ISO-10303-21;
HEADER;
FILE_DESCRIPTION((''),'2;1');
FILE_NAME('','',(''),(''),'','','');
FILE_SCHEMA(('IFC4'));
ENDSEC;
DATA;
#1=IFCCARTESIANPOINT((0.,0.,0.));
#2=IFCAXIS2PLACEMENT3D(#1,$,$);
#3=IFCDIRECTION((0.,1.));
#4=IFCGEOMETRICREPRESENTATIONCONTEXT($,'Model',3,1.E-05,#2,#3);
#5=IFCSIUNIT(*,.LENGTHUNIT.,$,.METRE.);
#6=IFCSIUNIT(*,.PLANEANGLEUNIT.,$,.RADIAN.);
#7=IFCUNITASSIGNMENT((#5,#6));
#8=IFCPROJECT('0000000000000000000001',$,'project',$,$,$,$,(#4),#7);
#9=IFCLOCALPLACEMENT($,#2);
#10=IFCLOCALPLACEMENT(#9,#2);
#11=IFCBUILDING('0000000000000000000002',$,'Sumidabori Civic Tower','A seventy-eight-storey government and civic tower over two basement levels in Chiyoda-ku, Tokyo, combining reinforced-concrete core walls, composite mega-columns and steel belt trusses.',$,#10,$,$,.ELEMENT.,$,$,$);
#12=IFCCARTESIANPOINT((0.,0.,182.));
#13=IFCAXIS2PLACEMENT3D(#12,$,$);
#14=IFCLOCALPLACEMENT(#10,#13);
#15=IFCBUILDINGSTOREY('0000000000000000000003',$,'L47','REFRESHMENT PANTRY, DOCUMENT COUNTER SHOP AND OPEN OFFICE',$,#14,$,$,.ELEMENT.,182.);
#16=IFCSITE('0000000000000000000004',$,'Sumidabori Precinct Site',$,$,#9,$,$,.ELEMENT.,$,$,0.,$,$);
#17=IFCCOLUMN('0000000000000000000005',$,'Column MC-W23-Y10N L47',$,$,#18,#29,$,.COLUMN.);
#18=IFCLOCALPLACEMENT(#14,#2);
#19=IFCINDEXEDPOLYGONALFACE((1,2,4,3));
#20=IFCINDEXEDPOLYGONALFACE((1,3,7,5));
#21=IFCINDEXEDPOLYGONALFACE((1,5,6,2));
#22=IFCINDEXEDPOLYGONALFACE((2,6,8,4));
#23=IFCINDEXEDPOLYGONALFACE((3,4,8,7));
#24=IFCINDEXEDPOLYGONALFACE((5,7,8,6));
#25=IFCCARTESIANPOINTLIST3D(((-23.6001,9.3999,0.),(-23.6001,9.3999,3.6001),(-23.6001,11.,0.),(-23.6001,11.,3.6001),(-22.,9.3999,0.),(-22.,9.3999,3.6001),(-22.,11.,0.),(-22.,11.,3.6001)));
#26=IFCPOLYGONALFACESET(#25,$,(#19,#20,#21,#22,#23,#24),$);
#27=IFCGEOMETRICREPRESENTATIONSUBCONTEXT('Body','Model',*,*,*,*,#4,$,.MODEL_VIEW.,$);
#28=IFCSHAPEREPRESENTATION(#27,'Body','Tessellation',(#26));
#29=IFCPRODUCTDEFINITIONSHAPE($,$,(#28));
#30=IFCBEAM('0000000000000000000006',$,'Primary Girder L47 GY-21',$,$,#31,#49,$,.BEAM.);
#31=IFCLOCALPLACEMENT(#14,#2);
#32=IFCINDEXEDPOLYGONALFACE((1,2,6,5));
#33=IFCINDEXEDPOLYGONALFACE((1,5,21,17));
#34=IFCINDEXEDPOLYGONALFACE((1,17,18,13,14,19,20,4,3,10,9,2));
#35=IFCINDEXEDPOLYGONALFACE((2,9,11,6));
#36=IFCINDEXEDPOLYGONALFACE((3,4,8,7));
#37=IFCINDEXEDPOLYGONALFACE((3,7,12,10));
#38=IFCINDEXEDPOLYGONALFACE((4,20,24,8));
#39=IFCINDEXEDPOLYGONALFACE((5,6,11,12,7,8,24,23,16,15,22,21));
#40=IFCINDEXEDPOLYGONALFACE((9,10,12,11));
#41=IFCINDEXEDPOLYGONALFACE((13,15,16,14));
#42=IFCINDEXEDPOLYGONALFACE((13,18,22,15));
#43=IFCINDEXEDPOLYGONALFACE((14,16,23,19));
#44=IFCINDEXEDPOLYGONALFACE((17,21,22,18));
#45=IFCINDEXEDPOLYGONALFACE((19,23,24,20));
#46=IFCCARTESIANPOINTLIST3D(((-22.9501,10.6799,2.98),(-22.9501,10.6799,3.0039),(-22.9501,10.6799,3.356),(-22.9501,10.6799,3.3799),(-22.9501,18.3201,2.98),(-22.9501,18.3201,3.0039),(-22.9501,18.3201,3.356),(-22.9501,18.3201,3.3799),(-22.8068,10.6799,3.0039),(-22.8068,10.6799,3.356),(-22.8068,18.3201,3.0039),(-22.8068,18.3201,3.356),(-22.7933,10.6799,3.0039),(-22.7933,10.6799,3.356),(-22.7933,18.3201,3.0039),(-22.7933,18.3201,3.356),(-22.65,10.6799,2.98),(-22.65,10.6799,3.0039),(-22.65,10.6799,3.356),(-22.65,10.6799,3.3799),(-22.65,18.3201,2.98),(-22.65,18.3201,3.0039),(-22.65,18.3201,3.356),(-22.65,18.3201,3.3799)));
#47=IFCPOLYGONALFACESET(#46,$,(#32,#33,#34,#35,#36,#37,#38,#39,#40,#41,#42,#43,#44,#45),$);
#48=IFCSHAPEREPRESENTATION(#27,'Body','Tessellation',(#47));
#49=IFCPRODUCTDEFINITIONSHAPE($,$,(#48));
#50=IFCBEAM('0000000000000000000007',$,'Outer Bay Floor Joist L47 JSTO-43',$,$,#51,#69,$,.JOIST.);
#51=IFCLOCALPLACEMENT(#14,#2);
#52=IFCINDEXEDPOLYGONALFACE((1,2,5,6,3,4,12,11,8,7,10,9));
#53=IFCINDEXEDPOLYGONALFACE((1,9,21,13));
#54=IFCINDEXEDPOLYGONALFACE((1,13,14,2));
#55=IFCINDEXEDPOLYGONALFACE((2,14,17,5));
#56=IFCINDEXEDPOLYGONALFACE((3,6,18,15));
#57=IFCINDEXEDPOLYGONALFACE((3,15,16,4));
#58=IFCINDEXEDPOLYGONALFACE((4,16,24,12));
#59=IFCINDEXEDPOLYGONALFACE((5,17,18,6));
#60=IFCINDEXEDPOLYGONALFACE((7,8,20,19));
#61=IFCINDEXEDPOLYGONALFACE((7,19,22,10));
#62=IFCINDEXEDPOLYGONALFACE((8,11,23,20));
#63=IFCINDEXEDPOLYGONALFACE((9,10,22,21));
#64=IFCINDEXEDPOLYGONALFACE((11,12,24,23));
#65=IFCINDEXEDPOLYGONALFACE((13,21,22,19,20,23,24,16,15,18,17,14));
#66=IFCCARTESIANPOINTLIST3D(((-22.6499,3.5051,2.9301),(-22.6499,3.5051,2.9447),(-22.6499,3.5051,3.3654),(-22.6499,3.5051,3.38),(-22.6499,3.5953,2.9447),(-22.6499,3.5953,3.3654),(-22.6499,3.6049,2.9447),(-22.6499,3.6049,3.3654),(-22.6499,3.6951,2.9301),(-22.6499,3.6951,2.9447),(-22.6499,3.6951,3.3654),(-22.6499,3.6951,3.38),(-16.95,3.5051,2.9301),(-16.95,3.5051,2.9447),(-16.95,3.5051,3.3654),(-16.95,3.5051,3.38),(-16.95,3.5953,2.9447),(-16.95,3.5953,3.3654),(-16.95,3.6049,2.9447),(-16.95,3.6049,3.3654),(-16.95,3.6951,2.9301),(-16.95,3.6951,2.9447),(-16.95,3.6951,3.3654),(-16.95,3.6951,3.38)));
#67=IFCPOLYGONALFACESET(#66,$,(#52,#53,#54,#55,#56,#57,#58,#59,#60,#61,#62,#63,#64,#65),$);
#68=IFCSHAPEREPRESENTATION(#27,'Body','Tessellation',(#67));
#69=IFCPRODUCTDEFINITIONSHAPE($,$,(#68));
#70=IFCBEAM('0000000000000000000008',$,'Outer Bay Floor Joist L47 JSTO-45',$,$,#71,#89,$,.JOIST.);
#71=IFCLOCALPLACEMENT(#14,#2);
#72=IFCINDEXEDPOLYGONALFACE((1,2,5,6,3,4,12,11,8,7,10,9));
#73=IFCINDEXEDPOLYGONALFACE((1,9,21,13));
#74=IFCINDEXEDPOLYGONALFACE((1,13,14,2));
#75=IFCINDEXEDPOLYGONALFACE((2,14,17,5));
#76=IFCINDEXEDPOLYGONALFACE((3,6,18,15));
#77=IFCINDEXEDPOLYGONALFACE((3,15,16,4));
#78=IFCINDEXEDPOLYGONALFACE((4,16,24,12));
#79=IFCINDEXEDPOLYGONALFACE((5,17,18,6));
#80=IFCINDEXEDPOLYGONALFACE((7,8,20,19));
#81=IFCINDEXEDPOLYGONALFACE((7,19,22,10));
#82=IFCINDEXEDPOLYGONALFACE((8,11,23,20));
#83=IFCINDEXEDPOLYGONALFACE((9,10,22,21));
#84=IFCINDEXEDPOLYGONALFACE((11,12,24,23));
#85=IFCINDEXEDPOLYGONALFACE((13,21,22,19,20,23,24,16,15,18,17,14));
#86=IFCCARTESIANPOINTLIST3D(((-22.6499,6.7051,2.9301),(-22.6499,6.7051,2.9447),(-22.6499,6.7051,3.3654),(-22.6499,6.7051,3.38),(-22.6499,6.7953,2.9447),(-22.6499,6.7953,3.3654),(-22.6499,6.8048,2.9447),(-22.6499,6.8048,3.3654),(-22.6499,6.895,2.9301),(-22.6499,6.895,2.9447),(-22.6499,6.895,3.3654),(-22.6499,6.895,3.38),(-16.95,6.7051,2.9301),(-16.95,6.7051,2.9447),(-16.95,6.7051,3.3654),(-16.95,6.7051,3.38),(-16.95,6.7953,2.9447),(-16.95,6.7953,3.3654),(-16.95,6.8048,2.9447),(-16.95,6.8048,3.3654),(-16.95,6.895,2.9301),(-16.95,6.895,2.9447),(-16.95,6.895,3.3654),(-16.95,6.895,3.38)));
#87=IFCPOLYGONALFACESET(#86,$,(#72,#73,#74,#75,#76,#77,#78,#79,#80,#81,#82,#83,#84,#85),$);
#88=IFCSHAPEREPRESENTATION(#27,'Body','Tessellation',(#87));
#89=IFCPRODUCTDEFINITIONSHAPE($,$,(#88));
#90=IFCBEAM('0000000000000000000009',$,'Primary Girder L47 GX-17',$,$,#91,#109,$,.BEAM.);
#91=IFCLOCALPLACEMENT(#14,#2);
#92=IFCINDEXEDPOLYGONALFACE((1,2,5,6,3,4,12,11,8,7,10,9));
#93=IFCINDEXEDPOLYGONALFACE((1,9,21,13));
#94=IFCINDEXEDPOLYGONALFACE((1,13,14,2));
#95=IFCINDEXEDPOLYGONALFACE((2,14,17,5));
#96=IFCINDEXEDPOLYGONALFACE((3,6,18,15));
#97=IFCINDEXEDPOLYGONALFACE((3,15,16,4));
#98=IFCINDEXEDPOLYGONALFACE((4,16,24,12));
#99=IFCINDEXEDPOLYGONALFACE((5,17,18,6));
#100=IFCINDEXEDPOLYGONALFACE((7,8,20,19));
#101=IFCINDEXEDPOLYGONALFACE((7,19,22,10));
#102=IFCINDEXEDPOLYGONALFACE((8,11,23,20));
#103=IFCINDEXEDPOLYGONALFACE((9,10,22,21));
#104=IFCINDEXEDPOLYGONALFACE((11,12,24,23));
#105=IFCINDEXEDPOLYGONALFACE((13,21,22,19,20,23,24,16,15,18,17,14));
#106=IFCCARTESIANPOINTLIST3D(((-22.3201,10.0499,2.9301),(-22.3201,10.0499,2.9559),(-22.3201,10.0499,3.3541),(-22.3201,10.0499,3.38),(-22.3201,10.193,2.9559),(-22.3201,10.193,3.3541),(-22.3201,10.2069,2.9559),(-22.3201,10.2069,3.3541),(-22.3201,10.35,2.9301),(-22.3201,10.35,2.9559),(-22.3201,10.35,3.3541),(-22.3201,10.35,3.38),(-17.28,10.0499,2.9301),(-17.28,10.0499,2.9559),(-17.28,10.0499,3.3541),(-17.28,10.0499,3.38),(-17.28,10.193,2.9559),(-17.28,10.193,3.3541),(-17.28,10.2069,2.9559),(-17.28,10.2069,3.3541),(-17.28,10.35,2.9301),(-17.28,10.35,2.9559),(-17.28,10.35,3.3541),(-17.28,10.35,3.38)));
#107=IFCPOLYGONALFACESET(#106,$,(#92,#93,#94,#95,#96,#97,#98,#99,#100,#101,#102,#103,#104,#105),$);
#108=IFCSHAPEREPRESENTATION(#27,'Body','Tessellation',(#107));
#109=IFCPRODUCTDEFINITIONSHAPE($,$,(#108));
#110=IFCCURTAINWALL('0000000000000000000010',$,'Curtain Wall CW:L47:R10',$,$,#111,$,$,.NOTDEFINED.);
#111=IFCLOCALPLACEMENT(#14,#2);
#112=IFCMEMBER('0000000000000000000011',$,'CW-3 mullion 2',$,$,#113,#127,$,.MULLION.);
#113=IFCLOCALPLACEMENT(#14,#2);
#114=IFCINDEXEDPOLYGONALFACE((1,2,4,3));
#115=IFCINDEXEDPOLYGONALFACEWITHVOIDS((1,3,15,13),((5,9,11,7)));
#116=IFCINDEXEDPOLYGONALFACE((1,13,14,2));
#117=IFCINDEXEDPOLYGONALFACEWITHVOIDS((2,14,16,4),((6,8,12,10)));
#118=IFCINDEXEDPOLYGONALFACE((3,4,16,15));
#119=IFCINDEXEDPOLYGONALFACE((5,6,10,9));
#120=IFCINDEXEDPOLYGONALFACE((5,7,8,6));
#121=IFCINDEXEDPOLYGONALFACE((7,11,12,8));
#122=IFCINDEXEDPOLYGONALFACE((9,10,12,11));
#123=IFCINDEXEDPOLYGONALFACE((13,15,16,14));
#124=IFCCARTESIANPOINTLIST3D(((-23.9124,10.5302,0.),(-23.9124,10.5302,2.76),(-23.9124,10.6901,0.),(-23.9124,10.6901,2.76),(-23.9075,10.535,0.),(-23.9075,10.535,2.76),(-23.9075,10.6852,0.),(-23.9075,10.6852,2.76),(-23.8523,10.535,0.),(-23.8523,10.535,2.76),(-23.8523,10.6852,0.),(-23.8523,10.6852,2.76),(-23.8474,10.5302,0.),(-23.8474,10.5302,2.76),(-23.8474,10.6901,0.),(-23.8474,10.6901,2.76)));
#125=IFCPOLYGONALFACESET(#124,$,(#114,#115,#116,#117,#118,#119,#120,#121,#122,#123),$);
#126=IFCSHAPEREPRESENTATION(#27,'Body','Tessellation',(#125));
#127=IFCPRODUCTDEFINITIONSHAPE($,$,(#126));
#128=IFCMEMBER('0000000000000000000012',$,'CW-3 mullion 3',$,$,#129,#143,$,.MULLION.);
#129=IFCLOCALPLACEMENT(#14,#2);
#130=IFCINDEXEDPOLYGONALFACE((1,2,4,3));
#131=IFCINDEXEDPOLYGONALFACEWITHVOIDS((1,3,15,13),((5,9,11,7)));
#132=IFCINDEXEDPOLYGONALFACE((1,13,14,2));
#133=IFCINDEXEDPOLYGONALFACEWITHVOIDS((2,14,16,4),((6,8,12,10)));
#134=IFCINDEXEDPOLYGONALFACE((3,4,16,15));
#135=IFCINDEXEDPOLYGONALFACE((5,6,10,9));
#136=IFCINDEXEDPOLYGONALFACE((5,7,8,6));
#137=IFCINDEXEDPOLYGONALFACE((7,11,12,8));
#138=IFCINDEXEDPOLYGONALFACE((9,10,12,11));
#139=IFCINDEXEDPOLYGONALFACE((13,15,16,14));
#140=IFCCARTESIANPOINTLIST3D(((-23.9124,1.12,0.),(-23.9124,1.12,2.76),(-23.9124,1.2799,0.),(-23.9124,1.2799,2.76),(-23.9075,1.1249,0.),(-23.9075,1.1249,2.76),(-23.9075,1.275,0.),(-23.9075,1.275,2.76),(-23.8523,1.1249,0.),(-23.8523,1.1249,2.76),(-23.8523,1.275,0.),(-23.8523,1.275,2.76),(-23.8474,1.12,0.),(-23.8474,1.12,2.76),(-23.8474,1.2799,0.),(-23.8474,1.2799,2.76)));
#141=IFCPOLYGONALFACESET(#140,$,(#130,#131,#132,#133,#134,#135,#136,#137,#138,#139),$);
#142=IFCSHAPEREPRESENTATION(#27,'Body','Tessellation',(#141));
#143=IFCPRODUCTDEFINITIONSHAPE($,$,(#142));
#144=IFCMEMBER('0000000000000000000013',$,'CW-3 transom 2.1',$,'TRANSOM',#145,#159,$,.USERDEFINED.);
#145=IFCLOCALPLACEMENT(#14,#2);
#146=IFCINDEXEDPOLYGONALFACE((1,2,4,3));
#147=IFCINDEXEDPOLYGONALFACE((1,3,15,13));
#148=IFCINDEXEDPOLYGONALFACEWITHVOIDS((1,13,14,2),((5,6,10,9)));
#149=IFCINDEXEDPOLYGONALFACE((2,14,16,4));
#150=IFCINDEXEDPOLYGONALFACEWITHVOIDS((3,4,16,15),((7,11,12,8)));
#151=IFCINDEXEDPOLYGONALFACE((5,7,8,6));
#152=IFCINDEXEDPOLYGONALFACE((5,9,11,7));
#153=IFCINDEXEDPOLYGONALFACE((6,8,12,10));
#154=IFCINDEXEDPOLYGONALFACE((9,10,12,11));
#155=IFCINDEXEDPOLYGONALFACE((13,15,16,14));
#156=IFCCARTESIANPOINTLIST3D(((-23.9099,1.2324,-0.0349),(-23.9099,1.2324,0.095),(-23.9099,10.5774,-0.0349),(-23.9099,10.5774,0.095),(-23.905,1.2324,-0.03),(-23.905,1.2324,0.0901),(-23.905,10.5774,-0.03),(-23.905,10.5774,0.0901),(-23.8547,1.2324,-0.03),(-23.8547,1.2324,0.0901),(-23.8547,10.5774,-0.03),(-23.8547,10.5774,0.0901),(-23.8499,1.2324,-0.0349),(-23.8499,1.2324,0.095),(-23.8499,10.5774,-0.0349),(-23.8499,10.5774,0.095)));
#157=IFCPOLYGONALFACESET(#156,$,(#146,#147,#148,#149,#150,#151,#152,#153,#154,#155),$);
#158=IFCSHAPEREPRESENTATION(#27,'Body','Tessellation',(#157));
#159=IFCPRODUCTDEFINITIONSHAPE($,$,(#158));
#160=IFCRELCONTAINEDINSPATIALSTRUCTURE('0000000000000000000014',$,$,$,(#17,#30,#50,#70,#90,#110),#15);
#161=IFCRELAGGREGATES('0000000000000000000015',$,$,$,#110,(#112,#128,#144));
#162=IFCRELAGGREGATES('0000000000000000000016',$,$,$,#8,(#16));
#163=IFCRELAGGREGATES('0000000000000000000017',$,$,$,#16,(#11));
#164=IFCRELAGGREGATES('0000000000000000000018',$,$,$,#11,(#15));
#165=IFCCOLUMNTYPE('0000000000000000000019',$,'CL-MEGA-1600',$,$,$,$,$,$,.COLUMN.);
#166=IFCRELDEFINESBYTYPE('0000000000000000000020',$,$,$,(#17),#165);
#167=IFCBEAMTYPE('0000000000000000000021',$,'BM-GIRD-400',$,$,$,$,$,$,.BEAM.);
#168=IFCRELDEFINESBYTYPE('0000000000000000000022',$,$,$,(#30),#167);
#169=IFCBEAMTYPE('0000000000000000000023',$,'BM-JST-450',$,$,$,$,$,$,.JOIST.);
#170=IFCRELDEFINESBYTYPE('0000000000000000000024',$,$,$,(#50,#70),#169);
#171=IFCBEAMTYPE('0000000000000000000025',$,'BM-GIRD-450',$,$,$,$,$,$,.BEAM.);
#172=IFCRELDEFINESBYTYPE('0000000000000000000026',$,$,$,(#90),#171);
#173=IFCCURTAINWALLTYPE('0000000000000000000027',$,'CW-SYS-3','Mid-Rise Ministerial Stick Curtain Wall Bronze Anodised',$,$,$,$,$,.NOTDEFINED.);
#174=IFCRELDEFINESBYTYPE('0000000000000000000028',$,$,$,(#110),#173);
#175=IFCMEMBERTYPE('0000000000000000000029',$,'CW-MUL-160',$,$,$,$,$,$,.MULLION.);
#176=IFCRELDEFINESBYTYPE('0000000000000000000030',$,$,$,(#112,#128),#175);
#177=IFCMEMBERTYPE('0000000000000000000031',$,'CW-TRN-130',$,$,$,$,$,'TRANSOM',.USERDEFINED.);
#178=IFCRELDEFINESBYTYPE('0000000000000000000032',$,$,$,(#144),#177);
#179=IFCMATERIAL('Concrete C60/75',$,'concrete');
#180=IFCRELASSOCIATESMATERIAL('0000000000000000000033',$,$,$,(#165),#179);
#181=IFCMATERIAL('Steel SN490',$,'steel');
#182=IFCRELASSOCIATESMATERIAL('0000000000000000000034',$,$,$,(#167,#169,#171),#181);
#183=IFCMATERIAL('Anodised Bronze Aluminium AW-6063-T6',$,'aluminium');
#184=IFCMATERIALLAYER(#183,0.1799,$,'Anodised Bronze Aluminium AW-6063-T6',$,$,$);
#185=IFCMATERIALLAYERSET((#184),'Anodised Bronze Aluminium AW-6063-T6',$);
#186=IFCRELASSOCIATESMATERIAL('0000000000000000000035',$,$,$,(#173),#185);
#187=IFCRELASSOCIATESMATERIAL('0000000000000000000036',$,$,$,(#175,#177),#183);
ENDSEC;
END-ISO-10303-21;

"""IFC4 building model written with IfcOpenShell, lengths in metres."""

from ifc_helpers import new_model, si_unit, direction, frame, origin, origin_2d, place, context, subcontext, project, spatial, rectangle, hollow_rectangle, i_section, extrude, source, transform, mapped, material, layer, layer_set, material_profile, profile_set, type_object, element, aggregate, save


model = new_model("IFC4")

# Units and contexts
model_context = context("Model", 3, precision=1e-05, world=origin(), true_north=direction((0.0, 1.0)))
body_context = subcontext(model_context, "Body", "Model", "MODEL_VIEW")
ifc_project = project(units=[si_unit("LENGTHUNIT", "METRE"), si_unit("PLANEANGLEUNIT", "RADIAN")], contexts=[model_context])

# Site, building, storey
site_placement = place(None, origin())
site = spatial("IfcSite", under=ifc_project, at=site_placement, Name="Sumidabori Precinct Site", CompositionType="ELEMENT", RefElevation=0.0)
building_placement = place(site_placement, origin())
building = spatial("IfcBuilding", under=site, at=building_placement, Name="Sumidabori Civic Tower", Description="A seventy-eight-storey government and civic tower over two basement levels in Chiyoda-ku, Tokyo, combining reinforced-concrete core walls, composite mega-columns and steel belt trusses.", CompositionType="ELEMENT")
storey_placement = place(building_placement, frame((0.0, 0.0, 182.0)))
storey = spatial("IfcBuildingStorey", under=building, at=storey_placement, Name="L47", Description="REFRESHMENT PANTRY, DOCUMENT COUNTER SHOP AND OPEN OFFICE", CompositionType="ELEMENT", Elevation=182.0)

# Column
ifc_material_1 = material(Name="Concrete C60/75", Category="concrete")
ifc_material_profile_1 = material_profile(ifc_material_1, rectangle(XDim=1.6001, YDim=1.6001, at=origin_2d()), Name="RC 1600x1600")
ifc_profile_set_1 = profile_set([ifc_material_profile_1], Name="Concrete C60/75")
column_type = type_object("IfcColumnType", Name="CL-MEGA-1600", PredefinedType="COLUMN", material=ifc_profile_set_1)
shared_shape_1 = source(origin(), body_context, "Body", "SweptSolid", [
    extrude(rectangle(XDim=1.6001, YDim=1.6001, at=origin_2d()), origin(), (0.0, 0.0, 1.0), 3.6001),
])
column_placement = place(storey_placement, frame((-22.8, 10.2, 0.0), z_axis=(0.0, 0.0, 1.0), x_axis=(1.0, 0.0, 0.0)))
element("IfcColumn", 1, at=column_placement, inside=storey, type_object=column_type, Name="Column MC-W23-Y10N L47", PredefinedType="COLUMN", context=body_context, shape_type="MappedRepresentation", body=[
    mapped(shared_shape_1, transform((0.0, 0.0, 0.0), x_axis=(1.0, 0.0, 0.0), y_axis=(0.0, 1.0, 0.0), z_axis=(0.0, 0.0, 1.0), scale=1.0)),
])

# Beams
ifc_material_2 = material(Name="Steel SN490", Category="steel")
ifc_material_profile_2 = material_profile(ifc_material_2, i_section(OverallWidth=0.3, OverallDepth=0.3999, WebThickness=0.0134, FlangeThickness=0.0239, at=origin_2d()), Name="HE 400 B")
ifc_profile_set_2 = profile_set([ifc_material_profile_2], Name="Steel SN490")
beam_type_1 = type_object("IfcBeamType", Name="BM-GIRD-400", PredefinedType="BEAM", material=ifc_profile_set_2)
shared_shape_2 = source(origin(), body_context, "Body", "SweptSolid", [
    extrude(i_section(OverallWidth=0.3, OverallDepth=0.3999, WebThickness=0.0134, FlangeThickness=0.0239, at=origin_2d()), origin(), (0.0, 0.0, 1.0), 7.6401),
])
beam_1_placement = place(storey_placement, frame((-22.8, 10.6799, 3.1799), z_axis=(0.0, 1.0, 0.0), x_axis=(-1.0, 0.0, 0.0)))
element("IfcBeam", 2, at=beam_1_placement, inside=storey, type_object=beam_type_1, Name="Primary Girder L47 GY-21", PredefinedType="BEAM", context=body_context, shape_type="MappedRepresentation", body=[
    mapped(shared_shape_2, transform((0.0, 0.0, 0.0), x_axis=(1.0, 0.0, 0.0), y_axis=(0.0, 1.0, 0.0), z_axis=(0.0, 0.0, 1.0), scale=1.0)),
])
ifc_material_profile_3 = material_profile(ifc_material_2, i_section(OverallWidth=0.1899, OverallDepth=0.45, WebThickness=0.0095, FlangeThickness=0.0146, at=origin_2d()), Name="IPE 450")
ifc_profile_set_3 = profile_set([ifc_material_profile_3], Name="Steel SN490")
beam_type_2 = type_object("IfcBeamType", Name="BM-JST-450", PredefinedType="JOIST", material=ifc_profile_set_3)
shared_shape_3 = source(origin(), body_context, "Body", "SweptSolid", [
    extrude(i_section(OverallWidth=0.1899, OverallDepth=0.45, WebThickness=0.0095, FlangeThickness=0.0146, at=origin_2d()), origin(), (0.0, 0.0, 1.0), 5.7),
])
for number, where, z_axis, x_axis, name in (
    (3, (-22.6499, 3.6001, 3.155), (1.0, 0.0, 0.0), (0.0, 1.0, 0.0), "Outer Bay Floor Joist L47 JSTO-43"),
    (4, (-22.6499, 6.8, 3.155), (1.0, 0.0, 0.0), (0.0, 1.0, 0.0), "Outer Bay Floor Joist L47 JSTO-45"),
):
    element("IfcBeam", number, at=place(storey_placement, frame(where, z_axis=z_axis, x_axis=x_axis)), inside=storey, type_object=beam_type_2, Name=name, PredefinedType="JOIST", context=body_context, shape_type="MappedRepresentation", body=[
        mapped(shared_shape_3, transform((0.0, 0.0, 0.0), x_axis=(1.0, 0.0, 0.0), y_axis=(0.0, 1.0, 0.0), z_axis=(0.0, 0.0, 1.0), scale=1.0)),
    ])
ifc_material_profile_4 = material_profile(ifc_material_2, i_section(OverallWidth=0.3, OverallDepth=0.45, WebThickness=0.0139, FlangeThickness=0.0259, at=origin_2d()), Name="HE 450 B")
ifc_profile_set_4 = profile_set([ifc_material_profile_4], Name="Steel SN490")
beam_type_3 = type_object("IfcBeamType", Name="BM-GIRD-450", PredefinedType="BEAM", material=ifc_profile_set_4)
shared_shape_4 = source(origin(), body_context, "Body", "SweptSolid", [
    extrude(i_section(OverallWidth=0.3, OverallDepth=0.45, WebThickness=0.0139, FlangeThickness=0.0259, at=origin_2d()), origin(), (0.0, 0.0, 1.0), 5.04),
])
beam_2_placement = place(storey_placement, frame((-22.3201, 10.2, 3.155), z_axis=(1.0, 0.0, 0.0), x_axis=(0.0, 1.0, 0.0)))
element("IfcBeam", 5, at=beam_2_placement, inside=storey, type_object=beam_type_3, Name="Primary Girder L47 GX-17", PredefinedType="BEAM", context=body_context, shape_type="MappedRepresentation", body=[
    mapped(shared_shape_4, transform((0.0, 0.0, 0.0), x_axis=(1.0, 0.0, 0.0), y_axis=(0.0, 1.0, 0.0), z_axis=(0.0, 0.0, 1.0), scale=1.0)),
])

# Curtain wall, members
ifc_material_3 = material(Name="Anodised Bronze Aluminium AW-6063-T6", Category="aluminium")
ifc_layer_1 = layer(ifc_material_3, 0.1799, Name="Anodised Bronze Aluminium AW-6063-T6")
ifc_layer_set_1 = layer_set([ifc_layer_1], Name="Anodised Bronze Aluminium AW-6063-T6")
curtain_wall_type = type_object("IfcCurtainWallType", Name="CW-SYS-3", Description="Mid-Rise Ministerial Stick Curtain Wall Bronze Anodised", PredefinedType="NOTDEFINED", material=ifc_layer_set_1)
curtain_wall_placement = place(storey_placement, origin())
curtain_wall = element("IfcCurtainWall", 6, at=curtain_wall_placement, inside=storey, type_object=curtain_wall_type, Name="Curtain Wall CW:L47:R10", PredefinedType="NOTDEFINED")
ifc_material_profile_5 = material_profile(ifc_material_3, hollow_rectangle(XDim=0.0649, YDim=0.1599, WallThickness=0.0049, at=origin_2d()), Name="ALU MULLION 160x65")
ifc_profile_set_5 = profile_set([ifc_material_profile_5], Name="Anodised Bronze Aluminium AW-6063-T6")
member_type_1 = type_object("IfcMemberType", Name="CW-MUL-160", PredefinedType="MULLION", material=ifc_profile_set_5)
shared_shape_5 = source(origin(), body_context, "Body", "SweptSolid", [
    extrude(hollow_rectangle(XDim=0.0649, YDim=0.1599, WallThickness=0.0049, at=origin_2d()), origin(), (0.0, 0.0, 1.0), 2.76),
])
member_1_placement = place(storey_placement, frame((-23.8799, 10.6101, 0.0), z_axis=(0.0, 0.0, 1.0), x_axis=(1.0, 0.0, 0.0)))
member_1 = element("IfcMember", 7, at=member_1_placement, type_object=member_type_1, Name="CW-3 mullion 2", PredefinedType="MULLION", context=body_context, shape_type="MappedRepresentation", body=[
    mapped(shared_shape_5, transform((0.0, 0.0, 0.0), x_axis=(1.0, 0.0, 0.0), y_axis=(0.0, 1.0, 0.0), z_axis=(0.0, 0.0, 1.0), scale=1.0)),
])
member_2_placement = place(storey_placement, frame((-23.8799, 1.2, 0.0), z_axis=(0.0, 0.0, 1.0), x_axis=(1.0, 0.0, 0.0)))
member_2 = element("IfcMember", 8, at=member_2_placement, type_object=member_type_1, Name="CW-3 mullion 3", PredefinedType="MULLION", context=body_context, shape_type="MappedRepresentation", body=[
    mapped(shared_shape_5, transform((0.0, 0.0, 0.0), x_axis=(1.0, 0.0, 0.0), y_axis=(0.0, 1.0, 0.0), z_axis=(0.0, 0.0, 1.0), scale=1.0)),
])
ifc_material_profile_6 = material_profile(ifc_material_3, hollow_rectangle(XDim=0.0601, YDim=0.1299, WallThickness=0.0049, at=origin_2d()), Name="ALU TRANSOM 130x60")
ifc_profile_set_6 = profile_set([ifc_material_profile_6], Name="Anodised Bronze Aluminium AW-6063-T6")
member_type_2 = type_object("IfcMemberType", Name="CW-TRN-130", ElementType="TRANSOM", PredefinedType="USERDEFINED", material=ifc_profile_set_6)
shared_shape_6 = source(origin(), body_context, "Body", "SweptSolid", [
    extrude(hollow_rectangle(XDim=0.0601, YDim=0.1299, WallThickness=0.0049, at=origin_2d()), origin(), (0.0, 0.0, 1.0), 9.345),
])
member_3_placement = place(storey_placement, frame((-23.8799, 10.5774, 0.03), z_axis=(0.0, -1.0, 0.0), x_axis=(1.0, 0.0, 0.0)))
member_3 = element("IfcMember", 9, at=member_3_placement, type_object=member_type_2, Name="CW-3 transom 2.1", ObjectType="TRANSOM", PredefinedType="USERDEFINED", context=body_context, shape_type="MappedRepresentation", body=[
    mapped(shared_shape_6, transform((0.0, 0.0, 0.0), x_axis=(1.0, 0.0, 0.0), y_axis=(0.0, 1.0, 0.0), z_axis=(0.0, 0.0, 1.0), scale=1.0)),
])
aggregate(curtain_wall, [member_1, member_2, member_3])

save(model, "model.ifc")
